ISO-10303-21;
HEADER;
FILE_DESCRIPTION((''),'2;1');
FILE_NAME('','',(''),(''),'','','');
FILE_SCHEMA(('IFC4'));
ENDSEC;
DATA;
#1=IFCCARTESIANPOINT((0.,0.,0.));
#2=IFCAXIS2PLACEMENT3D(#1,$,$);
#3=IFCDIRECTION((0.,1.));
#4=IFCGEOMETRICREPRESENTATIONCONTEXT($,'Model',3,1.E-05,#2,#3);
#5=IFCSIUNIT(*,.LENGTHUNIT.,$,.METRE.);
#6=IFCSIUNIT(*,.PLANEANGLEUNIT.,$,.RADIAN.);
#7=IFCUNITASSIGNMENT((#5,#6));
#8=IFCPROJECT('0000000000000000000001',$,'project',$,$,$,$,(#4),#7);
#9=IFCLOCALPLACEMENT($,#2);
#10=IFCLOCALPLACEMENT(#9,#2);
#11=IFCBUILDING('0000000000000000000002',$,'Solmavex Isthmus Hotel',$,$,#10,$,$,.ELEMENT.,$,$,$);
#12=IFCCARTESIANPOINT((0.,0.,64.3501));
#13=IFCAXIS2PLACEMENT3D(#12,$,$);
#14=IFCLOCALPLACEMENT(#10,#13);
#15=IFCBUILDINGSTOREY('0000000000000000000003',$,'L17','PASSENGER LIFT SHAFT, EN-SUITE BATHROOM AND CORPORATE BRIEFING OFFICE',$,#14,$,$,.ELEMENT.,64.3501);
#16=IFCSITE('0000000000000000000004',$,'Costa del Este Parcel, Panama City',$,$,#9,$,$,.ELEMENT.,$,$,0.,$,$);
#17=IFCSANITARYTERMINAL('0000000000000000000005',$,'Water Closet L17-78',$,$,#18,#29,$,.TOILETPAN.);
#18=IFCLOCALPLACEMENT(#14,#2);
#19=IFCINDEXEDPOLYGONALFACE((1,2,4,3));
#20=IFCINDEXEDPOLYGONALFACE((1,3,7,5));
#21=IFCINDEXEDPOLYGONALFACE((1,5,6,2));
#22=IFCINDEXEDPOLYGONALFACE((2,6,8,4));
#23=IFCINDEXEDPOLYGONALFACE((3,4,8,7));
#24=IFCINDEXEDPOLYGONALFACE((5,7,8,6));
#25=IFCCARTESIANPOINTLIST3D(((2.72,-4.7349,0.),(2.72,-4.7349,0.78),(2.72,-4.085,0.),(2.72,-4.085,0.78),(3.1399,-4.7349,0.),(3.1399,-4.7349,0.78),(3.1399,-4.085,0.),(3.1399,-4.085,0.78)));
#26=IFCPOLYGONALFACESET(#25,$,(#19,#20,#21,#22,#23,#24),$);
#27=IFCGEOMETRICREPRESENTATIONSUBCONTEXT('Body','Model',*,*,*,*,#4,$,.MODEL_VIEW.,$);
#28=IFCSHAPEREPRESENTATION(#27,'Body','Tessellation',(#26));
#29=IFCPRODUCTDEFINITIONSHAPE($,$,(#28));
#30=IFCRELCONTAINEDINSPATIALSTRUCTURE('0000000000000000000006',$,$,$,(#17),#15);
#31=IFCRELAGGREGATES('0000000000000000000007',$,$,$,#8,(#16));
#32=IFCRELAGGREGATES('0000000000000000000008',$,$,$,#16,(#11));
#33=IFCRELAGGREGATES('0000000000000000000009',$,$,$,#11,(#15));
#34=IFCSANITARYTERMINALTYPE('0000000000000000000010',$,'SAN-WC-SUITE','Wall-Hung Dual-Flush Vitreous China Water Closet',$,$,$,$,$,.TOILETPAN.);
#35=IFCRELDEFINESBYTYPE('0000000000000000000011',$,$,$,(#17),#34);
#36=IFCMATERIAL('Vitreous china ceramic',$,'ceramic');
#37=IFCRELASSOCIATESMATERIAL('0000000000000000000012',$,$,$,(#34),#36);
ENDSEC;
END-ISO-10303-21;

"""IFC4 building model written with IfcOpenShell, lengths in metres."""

from ifc_helpers import new_model, si_unit, direction, frame, origin, origin_2d, place, context, subcontext, project, spatial, rectangle, extrude, material, type_object, element, save


model = new_model("IFC4")

# Units and contexts
model_context = context("Model", 3, precision=1e-05, world=origin(), true_north=direction((0.0, 1.0)))
body_context = subcontext(model_context, "Body", "Model", "MODEL_VIEW")
ifc_project = project(units=[si_unit("LENGTHUNIT", "METRE"), si_unit("PLANEANGLEUNIT", "RADIAN")], contexts=[model_context])

# Site, building, storey
site_placement = place(None, origin())
site = spatial("IfcSite", under=ifc_project, at=site_placement, Name="Costa del Este Parcel, Panama City", CompositionType="ELEMENT", RefElevation=0.0)
building_placement = place(site_placement, origin())
building = spatial("IfcBuilding", under=site, at=building_placement, Name="Solmavex Isthmus Hotel", CompositionType="ELEMENT")
storey_placement = place(building_placement, frame((0.0, 0.0, 64.3501)))
storey = spatial("IfcBuildingStorey", under=building, at=storey_placement, Name="L17", Description="PASSENGER LIFT SHAFT, EN-SUITE BATHROOM AND CORPORATE BRIEFING OFFICE", CompositionType="ELEMENT", Elevation=64.3501)

# Sanitary terminal
ifc_material_1 = material(Name="Vitreous china ceramic", Category="ceramic")
sanitary_terminal_type_1 = type_object("IfcSanitaryTerminalType", Name="SAN-WC-SUITE", Description="Wall-Hung Dual-Flush Vitreous China Water Closet", PredefinedType="TOILETPAN", material=ifc_material_1)
sanitary_terminal_1_placement = place(storey_placement, frame((2.9299, -4.4099, 0.0), z_axis=(0.0, 0.0, 1.0), x_axis=(1.0, 0.0, 0.0)))
element("IfcSanitaryTerminal", 1, at=sanitary_terminal_1_placement, inside=storey, type_object=sanitary_terminal_type_1, Name="Water Closet L17-78", PredefinedType="TOILETPAN", context=body_context, shape_type="SweptSolid", body=[
    extrude(rectangle(XDim=0.4199, YDim=0.6499, at=origin_2d()), origin(), (0.0, 0.0, 1.0), 0.78),
])

save(model, "model.ifc")
